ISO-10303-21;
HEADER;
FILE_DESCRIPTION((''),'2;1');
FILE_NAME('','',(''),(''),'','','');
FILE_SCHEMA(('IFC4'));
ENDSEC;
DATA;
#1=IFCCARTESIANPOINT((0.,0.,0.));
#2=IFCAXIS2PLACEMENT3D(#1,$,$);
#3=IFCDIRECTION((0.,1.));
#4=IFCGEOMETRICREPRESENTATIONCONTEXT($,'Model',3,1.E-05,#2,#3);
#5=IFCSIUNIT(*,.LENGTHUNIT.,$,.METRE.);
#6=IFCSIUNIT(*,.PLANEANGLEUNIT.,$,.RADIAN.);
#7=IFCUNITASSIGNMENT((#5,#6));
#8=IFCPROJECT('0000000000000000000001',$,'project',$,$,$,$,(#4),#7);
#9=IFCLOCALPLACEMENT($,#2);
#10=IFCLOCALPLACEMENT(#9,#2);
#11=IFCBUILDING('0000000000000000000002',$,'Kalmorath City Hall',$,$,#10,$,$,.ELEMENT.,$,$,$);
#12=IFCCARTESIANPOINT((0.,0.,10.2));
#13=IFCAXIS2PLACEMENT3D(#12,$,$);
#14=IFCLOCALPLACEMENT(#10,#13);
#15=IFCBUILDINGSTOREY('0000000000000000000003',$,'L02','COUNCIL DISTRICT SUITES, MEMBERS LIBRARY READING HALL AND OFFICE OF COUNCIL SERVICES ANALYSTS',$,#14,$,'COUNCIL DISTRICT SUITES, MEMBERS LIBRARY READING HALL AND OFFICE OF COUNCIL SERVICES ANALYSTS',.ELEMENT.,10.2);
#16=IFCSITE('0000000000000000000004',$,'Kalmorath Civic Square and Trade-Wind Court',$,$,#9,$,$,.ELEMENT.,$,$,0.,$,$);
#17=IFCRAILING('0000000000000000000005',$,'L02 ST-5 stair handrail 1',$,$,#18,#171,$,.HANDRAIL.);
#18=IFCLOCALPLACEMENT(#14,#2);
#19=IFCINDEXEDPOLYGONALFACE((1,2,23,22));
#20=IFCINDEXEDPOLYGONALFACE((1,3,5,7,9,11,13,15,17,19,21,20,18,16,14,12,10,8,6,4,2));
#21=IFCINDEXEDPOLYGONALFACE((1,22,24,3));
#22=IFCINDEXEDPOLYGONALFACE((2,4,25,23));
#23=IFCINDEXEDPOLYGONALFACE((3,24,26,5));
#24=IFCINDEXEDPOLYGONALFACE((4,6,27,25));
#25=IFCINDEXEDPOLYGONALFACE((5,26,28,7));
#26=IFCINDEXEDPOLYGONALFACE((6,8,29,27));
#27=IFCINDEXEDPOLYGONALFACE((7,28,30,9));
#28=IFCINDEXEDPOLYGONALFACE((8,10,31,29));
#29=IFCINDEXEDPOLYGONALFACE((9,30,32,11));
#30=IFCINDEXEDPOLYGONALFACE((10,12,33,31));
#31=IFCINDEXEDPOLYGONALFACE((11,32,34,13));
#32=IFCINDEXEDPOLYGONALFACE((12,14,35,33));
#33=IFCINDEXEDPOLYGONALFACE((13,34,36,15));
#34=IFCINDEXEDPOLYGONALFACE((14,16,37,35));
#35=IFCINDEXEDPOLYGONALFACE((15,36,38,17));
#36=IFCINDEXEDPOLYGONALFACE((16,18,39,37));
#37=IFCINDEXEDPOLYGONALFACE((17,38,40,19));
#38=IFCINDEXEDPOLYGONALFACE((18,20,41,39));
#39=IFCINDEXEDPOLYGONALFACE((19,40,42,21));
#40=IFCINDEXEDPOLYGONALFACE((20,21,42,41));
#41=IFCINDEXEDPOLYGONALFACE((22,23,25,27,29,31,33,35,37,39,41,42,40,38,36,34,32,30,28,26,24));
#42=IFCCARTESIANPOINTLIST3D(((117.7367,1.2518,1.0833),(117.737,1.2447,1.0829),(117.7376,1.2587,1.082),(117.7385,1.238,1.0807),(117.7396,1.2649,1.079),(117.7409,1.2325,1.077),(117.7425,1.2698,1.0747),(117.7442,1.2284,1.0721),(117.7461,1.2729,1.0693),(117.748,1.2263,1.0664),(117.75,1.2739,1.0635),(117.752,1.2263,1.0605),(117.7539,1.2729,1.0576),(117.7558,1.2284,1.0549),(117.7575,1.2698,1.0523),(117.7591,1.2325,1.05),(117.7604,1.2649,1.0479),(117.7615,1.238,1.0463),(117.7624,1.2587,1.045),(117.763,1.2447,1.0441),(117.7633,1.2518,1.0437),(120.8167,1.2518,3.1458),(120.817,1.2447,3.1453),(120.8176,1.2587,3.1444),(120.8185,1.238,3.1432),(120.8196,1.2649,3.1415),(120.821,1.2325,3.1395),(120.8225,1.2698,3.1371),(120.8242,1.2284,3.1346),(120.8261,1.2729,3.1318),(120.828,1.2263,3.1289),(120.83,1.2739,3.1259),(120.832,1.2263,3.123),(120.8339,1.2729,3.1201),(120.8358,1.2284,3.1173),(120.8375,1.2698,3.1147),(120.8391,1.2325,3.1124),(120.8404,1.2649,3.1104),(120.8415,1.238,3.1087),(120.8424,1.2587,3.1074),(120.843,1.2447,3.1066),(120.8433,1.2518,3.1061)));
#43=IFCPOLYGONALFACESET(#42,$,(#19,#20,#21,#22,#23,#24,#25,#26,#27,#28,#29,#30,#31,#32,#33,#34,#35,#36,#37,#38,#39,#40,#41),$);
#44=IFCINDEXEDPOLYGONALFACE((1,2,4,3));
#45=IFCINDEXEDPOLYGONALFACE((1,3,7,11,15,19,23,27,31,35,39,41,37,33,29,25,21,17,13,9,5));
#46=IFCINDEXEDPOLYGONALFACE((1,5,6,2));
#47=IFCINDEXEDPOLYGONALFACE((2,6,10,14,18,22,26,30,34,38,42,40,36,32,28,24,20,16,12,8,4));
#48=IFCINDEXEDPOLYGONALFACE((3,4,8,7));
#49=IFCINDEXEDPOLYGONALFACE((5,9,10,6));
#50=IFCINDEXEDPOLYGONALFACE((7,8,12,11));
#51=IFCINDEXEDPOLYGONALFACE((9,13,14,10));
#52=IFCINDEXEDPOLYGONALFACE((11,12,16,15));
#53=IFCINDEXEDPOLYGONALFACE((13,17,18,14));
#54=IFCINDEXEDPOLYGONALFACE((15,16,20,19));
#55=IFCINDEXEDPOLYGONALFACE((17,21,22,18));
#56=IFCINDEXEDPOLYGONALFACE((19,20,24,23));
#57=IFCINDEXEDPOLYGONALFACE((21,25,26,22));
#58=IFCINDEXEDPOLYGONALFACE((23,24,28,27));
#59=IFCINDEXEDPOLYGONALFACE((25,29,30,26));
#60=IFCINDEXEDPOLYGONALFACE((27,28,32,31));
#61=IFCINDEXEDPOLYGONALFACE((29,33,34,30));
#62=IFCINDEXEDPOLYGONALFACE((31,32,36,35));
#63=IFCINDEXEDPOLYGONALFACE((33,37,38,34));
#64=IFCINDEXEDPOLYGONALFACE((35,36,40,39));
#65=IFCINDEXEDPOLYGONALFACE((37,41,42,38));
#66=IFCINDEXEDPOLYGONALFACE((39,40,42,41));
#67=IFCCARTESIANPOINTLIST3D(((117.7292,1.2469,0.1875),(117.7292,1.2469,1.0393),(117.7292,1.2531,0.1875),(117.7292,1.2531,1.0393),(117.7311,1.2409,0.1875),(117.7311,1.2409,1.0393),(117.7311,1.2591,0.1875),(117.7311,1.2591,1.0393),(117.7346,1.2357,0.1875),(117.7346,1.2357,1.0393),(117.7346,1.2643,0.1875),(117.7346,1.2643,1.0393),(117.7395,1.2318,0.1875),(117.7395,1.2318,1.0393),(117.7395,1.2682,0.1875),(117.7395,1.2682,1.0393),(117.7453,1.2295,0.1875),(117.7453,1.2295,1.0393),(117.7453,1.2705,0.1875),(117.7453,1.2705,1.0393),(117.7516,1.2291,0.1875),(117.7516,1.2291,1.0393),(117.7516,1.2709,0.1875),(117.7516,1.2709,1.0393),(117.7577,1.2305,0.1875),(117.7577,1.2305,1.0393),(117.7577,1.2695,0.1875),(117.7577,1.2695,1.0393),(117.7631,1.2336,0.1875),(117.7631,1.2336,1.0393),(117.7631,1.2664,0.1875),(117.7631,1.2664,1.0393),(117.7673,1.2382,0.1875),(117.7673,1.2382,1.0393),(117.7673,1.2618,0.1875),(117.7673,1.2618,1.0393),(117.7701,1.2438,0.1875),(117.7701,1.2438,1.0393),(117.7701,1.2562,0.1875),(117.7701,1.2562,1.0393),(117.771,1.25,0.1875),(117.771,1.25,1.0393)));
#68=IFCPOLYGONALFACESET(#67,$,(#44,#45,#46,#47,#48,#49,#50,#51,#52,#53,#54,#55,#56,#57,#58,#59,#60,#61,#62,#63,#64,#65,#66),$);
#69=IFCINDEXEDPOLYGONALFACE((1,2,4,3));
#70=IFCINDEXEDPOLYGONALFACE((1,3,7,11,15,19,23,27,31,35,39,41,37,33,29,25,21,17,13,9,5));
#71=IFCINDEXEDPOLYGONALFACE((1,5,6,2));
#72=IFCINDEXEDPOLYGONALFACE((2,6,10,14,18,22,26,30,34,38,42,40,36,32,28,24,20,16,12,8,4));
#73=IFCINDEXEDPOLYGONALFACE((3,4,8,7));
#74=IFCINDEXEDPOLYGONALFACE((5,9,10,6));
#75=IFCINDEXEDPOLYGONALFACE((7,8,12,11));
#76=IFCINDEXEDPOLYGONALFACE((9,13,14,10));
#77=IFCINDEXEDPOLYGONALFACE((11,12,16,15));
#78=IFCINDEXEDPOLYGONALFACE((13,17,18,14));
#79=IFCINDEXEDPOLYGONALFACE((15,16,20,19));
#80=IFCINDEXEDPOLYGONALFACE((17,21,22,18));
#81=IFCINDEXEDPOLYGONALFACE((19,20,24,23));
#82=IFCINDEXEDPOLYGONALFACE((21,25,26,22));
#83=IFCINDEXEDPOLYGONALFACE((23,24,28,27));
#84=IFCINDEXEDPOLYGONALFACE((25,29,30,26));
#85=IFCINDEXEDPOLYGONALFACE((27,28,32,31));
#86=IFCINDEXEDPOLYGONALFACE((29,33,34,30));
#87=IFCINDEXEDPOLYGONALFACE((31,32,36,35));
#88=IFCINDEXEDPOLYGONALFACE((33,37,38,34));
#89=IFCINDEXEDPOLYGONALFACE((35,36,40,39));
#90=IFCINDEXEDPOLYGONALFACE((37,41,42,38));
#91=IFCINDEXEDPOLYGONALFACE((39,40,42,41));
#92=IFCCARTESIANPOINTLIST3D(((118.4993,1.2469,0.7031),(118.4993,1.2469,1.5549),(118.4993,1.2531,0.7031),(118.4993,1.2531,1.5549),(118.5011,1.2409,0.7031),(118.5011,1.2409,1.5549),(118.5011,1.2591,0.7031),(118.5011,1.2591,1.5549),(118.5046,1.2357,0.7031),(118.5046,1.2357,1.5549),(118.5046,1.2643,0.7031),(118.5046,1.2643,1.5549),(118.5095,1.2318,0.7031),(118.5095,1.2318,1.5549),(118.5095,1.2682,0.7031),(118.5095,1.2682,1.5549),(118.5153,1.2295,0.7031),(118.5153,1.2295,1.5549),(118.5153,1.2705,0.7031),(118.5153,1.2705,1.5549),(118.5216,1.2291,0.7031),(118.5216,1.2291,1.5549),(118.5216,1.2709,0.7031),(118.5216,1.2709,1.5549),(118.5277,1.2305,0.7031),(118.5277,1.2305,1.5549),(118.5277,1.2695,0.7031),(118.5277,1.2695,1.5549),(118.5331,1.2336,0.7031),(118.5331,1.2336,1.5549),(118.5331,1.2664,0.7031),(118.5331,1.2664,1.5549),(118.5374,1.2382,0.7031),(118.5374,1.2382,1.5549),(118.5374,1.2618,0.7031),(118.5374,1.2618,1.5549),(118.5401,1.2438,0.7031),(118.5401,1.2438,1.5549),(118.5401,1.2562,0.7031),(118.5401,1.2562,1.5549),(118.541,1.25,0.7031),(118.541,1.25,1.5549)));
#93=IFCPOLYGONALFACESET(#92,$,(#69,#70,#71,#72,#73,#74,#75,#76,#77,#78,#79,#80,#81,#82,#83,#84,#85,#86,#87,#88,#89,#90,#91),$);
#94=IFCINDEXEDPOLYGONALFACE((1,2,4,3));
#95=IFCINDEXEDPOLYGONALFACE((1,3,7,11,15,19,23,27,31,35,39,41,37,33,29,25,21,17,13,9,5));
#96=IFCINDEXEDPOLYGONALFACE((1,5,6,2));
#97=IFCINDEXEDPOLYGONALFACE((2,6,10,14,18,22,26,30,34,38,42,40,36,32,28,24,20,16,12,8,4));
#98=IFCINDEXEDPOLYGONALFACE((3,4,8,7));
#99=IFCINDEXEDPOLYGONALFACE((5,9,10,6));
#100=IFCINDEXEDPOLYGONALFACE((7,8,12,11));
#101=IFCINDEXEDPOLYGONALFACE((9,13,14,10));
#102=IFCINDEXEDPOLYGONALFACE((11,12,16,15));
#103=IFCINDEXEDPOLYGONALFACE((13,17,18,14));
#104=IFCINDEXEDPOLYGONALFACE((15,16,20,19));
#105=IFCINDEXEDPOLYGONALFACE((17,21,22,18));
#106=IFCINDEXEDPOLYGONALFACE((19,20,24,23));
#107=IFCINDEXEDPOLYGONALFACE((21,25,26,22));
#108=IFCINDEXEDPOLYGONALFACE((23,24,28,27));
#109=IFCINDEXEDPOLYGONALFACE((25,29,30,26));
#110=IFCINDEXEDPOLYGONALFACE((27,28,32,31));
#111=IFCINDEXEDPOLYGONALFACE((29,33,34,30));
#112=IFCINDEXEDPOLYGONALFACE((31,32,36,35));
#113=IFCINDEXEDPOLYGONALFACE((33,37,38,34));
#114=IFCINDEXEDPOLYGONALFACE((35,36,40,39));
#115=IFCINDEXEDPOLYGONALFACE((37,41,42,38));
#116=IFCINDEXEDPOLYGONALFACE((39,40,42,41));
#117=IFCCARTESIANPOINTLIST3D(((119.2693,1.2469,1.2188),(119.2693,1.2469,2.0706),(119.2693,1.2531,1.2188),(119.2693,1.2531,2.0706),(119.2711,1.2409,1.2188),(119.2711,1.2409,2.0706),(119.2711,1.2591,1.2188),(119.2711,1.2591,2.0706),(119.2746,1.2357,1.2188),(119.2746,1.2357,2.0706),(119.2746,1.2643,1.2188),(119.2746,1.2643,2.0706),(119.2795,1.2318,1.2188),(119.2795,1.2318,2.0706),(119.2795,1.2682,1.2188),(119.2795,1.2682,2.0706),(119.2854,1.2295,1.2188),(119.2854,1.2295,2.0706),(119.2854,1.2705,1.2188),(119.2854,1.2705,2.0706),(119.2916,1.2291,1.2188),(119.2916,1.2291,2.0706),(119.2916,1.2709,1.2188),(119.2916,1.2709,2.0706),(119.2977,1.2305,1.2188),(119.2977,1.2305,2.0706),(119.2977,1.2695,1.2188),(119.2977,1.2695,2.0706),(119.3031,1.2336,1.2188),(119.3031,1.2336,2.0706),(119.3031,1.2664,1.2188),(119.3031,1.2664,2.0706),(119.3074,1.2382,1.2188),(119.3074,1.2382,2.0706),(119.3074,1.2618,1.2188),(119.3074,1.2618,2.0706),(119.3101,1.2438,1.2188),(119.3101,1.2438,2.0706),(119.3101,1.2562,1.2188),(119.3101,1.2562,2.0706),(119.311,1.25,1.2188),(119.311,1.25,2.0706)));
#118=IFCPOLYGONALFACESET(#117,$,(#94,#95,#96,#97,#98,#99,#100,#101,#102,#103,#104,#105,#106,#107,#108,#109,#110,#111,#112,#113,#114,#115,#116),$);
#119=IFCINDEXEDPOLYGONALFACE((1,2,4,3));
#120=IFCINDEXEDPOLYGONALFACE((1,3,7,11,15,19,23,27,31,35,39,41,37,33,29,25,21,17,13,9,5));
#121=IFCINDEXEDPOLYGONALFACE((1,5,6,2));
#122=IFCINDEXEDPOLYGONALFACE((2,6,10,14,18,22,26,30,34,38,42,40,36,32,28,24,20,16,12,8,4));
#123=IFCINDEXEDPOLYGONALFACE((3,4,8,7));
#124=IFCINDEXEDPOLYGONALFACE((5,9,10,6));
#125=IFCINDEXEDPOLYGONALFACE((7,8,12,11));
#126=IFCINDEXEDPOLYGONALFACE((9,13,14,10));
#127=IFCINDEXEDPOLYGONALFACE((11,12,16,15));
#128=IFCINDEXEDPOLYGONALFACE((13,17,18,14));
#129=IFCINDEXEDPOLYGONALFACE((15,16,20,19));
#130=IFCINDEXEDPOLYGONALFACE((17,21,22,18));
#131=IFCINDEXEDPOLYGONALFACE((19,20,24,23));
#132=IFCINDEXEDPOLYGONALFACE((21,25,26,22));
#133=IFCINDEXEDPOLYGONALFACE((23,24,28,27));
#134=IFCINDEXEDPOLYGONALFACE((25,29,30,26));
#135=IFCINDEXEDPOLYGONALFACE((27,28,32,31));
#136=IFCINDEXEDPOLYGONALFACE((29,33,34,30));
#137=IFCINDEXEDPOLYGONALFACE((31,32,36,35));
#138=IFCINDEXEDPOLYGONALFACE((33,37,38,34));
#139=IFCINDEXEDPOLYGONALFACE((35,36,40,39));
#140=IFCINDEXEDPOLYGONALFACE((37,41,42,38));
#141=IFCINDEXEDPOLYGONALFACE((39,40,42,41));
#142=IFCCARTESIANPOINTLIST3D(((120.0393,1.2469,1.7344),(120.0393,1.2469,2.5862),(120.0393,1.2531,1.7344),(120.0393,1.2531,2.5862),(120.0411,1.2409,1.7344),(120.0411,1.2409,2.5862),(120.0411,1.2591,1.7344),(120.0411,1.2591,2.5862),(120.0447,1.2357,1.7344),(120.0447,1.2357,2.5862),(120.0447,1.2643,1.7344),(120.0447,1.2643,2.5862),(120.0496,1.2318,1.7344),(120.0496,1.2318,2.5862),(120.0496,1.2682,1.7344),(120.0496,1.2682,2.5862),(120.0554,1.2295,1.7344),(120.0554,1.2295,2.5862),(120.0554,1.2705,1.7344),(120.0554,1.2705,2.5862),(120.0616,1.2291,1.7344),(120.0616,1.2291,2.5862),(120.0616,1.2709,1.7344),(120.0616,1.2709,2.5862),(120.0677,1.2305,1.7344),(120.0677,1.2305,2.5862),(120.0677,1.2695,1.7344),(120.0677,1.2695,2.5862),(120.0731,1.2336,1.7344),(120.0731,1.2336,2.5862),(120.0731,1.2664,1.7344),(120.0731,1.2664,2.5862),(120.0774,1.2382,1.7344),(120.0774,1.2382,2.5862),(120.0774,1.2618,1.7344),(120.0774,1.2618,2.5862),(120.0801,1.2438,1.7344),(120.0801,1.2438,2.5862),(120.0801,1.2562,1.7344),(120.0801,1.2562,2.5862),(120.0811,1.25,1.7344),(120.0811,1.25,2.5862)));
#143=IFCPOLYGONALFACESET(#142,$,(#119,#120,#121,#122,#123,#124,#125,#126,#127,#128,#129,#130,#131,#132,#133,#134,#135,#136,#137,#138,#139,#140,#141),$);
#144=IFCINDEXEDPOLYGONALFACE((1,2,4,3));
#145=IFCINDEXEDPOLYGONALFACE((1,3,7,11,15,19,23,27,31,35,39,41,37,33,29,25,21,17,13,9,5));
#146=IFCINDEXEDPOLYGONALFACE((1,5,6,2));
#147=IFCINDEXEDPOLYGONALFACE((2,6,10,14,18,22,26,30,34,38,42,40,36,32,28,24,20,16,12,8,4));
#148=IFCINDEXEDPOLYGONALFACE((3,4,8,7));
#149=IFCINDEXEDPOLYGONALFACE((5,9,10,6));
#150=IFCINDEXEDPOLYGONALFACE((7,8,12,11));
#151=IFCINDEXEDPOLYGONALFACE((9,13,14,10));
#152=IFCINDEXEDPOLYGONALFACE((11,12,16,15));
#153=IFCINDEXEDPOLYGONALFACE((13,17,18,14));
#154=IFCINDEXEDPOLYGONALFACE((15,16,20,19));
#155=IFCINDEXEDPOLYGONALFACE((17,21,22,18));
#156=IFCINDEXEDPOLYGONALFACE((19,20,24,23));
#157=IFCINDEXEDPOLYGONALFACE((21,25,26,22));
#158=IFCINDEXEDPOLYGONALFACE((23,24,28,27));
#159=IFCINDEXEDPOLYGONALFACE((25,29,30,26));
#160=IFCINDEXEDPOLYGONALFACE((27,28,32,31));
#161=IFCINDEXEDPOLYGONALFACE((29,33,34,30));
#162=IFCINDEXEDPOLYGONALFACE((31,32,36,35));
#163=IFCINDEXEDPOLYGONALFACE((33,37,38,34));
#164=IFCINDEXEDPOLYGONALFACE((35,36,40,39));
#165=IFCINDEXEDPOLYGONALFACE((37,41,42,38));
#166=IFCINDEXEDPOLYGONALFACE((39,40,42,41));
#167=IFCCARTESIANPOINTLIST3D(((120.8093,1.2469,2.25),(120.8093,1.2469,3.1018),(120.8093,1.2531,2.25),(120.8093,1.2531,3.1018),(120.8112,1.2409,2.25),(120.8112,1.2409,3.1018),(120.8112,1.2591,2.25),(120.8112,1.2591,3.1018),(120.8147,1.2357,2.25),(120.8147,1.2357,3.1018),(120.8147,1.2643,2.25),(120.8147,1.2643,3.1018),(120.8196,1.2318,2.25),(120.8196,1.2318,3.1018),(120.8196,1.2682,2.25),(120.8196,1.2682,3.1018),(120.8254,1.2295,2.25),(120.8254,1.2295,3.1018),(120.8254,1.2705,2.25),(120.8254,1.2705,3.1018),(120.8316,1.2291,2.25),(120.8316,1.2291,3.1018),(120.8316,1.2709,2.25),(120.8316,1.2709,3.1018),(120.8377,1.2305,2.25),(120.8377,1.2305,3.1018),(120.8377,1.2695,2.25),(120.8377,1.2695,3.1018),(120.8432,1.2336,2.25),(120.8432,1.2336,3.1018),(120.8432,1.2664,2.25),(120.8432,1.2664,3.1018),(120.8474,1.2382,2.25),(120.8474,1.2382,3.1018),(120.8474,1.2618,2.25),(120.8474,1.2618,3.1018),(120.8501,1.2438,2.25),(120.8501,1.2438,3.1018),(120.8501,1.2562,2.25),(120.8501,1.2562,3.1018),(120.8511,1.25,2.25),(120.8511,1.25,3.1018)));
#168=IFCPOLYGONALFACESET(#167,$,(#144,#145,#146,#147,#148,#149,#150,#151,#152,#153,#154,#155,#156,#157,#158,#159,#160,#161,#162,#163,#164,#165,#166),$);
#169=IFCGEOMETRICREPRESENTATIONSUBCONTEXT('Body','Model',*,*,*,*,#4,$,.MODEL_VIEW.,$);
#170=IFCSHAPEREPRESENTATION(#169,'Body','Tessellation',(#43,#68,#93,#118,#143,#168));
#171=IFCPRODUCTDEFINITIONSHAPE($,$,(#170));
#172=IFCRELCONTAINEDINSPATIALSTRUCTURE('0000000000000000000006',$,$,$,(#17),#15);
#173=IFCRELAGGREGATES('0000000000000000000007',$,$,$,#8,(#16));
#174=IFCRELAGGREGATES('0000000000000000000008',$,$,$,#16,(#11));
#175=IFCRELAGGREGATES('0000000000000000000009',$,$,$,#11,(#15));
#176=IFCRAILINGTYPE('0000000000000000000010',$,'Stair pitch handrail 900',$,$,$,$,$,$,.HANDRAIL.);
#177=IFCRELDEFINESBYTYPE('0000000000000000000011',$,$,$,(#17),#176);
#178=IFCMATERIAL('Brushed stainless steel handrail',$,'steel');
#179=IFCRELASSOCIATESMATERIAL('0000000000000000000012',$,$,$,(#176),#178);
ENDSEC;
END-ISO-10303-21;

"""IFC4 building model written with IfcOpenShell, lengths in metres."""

from ifc_helpers import new_model, si_unit, direction, frame, origin, origin_2d, place, context, subcontext, project, spatial, circle, extrude, material, type_object, element, save


model = new_model("IFC4")

# Units and contexts
model_context = context("Model", 3, precision=1e-05, world=origin(), true_north=direction((0.0, 1.0)))
body_context = subcontext(model_context, "Body", "Model", "MODEL_VIEW")
ifc_project = project(units=[si_unit("LENGTHUNIT", "METRE"), si_unit("PLANEANGLEUNIT", "RADIAN")], contexts=[model_context])

# Site, building, storey
site_placement = place(None, origin())
site = spatial("IfcSite", under=ifc_project, at=site_placement, Name="Kalmorath Civic Square and Trade-Wind Court", CompositionType="ELEMENT", RefElevation=0.0)
building_placement = place(site_placement, origin())
building = spatial("IfcBuilding", under=site, at=building_placement, Name="Kalmorath City Hall", CompositionType="ELEMENT")
storey_placement = place(building_placement, frame((0.0, 0.0, 10.2)))
storey = spatial("IfcBuildingStorey", under=building, at=storey_placement, Name="L02", Description="COUNCIL DISTRICT SUITES, MEMBERS LIBRARY READING HALL AND OFFICE OF COUNCIL SERVICES ANALYSTS", LongName="COUNCIL DISTRICT SUITES, MEMBERS LIBRARY READING HALL AND OFFICE OF COUNCIL SERVICES ANALYSTS", CompositionType="ELEMENT", Elevation=10.2)

# Railing
ifc_material_1 = material(Name="Brushed stainless steel handrail", Category="steel")
railing_type_1 = type_object("IfcRailingType", Name="Stair pitch handrail 900", PredefinedType="HANDRAIL", material=ifc_material_1)
railing_1_placement = place(storey_placement, frame((117.75, 1.25, 0.1875)))
element("IfcRailing", 1, at=railing_1_placement, inside=storey, type_object=railing_type_1, Name="L02 ST-5 stair handrail 1", PredefinedType="HANDRAIL", context=body_context, shape_type="SweptSolid", body=[
    extrude(circle(Radius=0.0239, at=origin_2d()), frame((0.0, 0.0, 0.876), z_axis=(0.830914, 0.0, 0.556401), x_axis=(0.0, 1.0, 0.0)), (0.0, 0.0, 1.0), 3.7068),
    extrude(circle(Radius=0.021, at=origin_2d()), origin(), (0.0, 0.0, 1.0), 0.8518),
    extrude(circle(Radius=0.021, at=origin_2d()), frame((0.77, 0.0, 0.5156)), (0.0, 0.0, 1.0), 0.8518),
    extrude(circle(Radius=0.021, at=origin_2d()), frame((1.54, 0.0, 1.0312)), (0.0, 0.0, 1.0), 0.8518),
    extrude(circle(Radius=0.021, at=origin_2d()), frame((2.3101, 0.0, 1.5469)), (0.0, 0.0, 1.0), 0.8518),
    extrude(circle(Radius=0.021, at=origin_2d()), frame((3.0801, 0.0, 2.0625)), (0.0, 0.0, 1.0), 0.8518),
])

save(model, "model.ifc")
